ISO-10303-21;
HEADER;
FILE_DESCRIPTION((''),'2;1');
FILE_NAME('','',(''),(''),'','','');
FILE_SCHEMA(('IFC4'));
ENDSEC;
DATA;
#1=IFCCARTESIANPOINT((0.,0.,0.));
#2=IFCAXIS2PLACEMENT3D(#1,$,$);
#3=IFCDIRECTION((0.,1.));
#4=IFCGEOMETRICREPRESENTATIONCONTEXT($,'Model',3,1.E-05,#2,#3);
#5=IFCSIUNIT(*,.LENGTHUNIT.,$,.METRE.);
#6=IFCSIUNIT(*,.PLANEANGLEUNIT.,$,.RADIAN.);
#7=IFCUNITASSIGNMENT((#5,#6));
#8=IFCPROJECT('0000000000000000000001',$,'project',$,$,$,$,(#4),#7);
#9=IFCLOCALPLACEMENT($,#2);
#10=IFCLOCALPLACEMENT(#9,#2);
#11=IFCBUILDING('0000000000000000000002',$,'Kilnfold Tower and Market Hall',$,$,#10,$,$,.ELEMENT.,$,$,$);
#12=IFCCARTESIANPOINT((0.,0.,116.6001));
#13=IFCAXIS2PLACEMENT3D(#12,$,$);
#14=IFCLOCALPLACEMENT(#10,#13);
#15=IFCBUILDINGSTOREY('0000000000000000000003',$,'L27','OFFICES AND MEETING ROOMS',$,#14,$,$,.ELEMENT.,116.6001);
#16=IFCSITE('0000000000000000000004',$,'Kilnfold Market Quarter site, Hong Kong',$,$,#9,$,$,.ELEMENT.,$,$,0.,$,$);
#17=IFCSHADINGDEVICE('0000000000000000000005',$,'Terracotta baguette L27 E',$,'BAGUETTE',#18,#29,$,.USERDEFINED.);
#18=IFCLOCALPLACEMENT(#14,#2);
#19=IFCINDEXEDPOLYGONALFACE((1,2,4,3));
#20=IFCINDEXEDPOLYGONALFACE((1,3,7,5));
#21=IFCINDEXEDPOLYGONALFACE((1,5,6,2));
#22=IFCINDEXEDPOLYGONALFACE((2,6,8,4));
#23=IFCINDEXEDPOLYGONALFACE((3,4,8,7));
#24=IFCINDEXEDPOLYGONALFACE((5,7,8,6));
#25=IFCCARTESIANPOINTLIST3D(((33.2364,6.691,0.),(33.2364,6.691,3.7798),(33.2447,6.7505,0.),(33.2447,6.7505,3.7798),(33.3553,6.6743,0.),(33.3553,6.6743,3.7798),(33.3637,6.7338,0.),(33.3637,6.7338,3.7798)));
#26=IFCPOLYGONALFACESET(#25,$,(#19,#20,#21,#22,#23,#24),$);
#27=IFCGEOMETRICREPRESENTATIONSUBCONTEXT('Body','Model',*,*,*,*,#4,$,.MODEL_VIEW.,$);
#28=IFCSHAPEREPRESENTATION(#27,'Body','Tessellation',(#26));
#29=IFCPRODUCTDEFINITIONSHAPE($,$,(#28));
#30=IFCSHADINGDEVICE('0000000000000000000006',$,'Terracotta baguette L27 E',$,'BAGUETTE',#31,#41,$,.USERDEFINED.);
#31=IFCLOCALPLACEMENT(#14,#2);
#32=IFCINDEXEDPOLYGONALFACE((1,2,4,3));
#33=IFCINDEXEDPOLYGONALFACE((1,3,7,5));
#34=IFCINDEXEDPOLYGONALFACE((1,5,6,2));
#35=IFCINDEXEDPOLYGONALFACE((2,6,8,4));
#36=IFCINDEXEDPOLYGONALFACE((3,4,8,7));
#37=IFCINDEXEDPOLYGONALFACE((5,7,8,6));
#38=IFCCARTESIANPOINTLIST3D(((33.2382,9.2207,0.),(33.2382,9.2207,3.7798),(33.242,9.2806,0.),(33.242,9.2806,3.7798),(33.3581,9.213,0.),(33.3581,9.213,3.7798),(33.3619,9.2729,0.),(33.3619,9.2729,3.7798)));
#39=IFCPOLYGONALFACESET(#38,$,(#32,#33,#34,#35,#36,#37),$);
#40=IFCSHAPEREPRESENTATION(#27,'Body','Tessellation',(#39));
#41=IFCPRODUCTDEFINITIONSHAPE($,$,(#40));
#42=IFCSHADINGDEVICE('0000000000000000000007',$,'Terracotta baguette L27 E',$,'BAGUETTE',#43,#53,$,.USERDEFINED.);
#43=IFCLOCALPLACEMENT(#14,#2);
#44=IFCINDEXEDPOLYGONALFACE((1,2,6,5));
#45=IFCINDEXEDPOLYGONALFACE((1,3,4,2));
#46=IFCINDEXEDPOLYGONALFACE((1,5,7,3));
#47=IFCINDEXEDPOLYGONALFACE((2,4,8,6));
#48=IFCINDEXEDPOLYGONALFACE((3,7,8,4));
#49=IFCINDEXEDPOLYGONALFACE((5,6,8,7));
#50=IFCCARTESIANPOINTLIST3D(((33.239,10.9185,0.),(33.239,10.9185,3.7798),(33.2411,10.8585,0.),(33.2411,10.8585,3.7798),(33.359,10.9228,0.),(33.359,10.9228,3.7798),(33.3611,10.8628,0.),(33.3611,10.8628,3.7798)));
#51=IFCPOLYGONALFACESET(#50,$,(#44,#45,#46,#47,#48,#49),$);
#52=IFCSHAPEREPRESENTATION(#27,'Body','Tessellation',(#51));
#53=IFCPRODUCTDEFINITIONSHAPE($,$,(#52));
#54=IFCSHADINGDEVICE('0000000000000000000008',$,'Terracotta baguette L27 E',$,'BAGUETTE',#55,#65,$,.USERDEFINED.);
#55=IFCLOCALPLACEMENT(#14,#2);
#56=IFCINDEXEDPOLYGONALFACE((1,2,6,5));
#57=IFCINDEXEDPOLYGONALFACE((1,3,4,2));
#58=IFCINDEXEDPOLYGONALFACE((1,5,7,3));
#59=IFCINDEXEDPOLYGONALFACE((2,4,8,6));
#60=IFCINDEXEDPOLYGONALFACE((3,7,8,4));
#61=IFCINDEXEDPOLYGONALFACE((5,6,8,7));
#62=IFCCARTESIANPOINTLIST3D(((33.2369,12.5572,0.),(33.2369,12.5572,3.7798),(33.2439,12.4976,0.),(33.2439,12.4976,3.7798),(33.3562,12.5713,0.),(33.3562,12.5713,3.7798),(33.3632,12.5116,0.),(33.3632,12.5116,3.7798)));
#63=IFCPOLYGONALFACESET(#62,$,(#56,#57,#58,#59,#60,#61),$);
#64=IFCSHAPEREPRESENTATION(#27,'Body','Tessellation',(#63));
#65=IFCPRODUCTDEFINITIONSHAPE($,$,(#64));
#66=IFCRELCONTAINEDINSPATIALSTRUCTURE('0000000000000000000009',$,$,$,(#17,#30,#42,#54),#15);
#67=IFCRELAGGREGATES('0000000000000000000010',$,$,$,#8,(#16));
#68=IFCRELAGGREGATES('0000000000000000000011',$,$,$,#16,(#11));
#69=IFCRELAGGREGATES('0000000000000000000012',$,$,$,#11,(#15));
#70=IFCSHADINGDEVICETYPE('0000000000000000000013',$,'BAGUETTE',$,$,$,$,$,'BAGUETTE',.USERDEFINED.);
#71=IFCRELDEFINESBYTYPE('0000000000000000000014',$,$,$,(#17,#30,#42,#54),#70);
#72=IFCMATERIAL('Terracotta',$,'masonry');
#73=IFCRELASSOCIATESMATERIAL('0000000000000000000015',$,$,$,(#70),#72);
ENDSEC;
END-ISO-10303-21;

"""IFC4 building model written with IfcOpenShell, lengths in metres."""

from ifc_helpers import new_model, si_unit, direction, frame, origin, origin_2d, place, context, subcontext, project, spatial, rectangle, extrude, source, transform, mapped, material, material_profile, profile_set, type_object, element, save


model = new_model("IFC4")

# Units and contexts
model_context = context("Model", 3, precision=1e-05, world=origin(), true_north=direction((0.0, 1.0)))
body_context = subcontext(model_context, "Body", "Model", "MODEL_VIEW")
ifc_project = project(units=[si_unit("LENGTHUNIT", "METRE"), si_unit("PLANEANGLEUNIT", "RADIAN")], contexts=[model_context])

# Site, building, storey
site_placement = place(None, origin())
site = spatial("IfcSite", under=ifc_project, at=site_placement, Name="Kilnfold Market Quarter site, Hong Kong", CompositionType="ELEMENT", RefElevation=0.0)
building_placement = place(site_placement, origin())
building = spatial("IfcBuilding", under=site, at=building_placement, Name="Kilnfold Tower and Market Hall", CompositionType="ELEMENT")
storey_placement = place(building_placement, frame((0.0, 0.0, 116.6001)))
storey = spatial("IfcBuildingStorey", under=building, at=storey_placement, Name="L27", Description="OFFICES AND MEETING ROOMS", CompositionType="ELEMENT", Elevation=116.6001)

# Shading devices
ifc_material_1 = material(Name="Terracotta", Category="masonry")
ifc_material_profile_1 = material_profile(ifc_material_1, rectangle(XDim=0.0601, YDim=0.1201, at=origin_2d()), Name="BAG 60x120")
ifc_profile_set_1 = profile_set([ifc_material_profile_1], Name="Terracotta")
shading_device_type = type_object("IfcShadingDeviceType", Name="BAGUETTE", ElementType="BAGUETTE", PredefinedType="USERDEFINED", material=ifc_profile_set_1)
shared_shape_1 = source(origin(), body_context, "Body", "SweptSolid", [
    extrude(rectangle(XDim=0.0601, YDim=0.1201, at=origin_2d()), origin(), (0.0, 0.0, 1.0), 3.7798),
])
for number, where, z_axis, x_axis, name in (
    (1, (33.3, 6.7124, 0.0), (0.0, 0.0, 1.0), (0.139035, 0.990287, 0.0), "Terracotta baguette L27 E"),
    (2, (33.3, 9.2468, 0.0), (0.0, 0.0, 1.0), (0.064201, 0.997937, 0.0), "Terracotta baguette L27 E"),
    (3, (33.3, 10.8906, 0.0), (0.0, 0.0, 1.0), (-0.035829, 0.999358, 0.0), "Terracotta baguette L27 E"),
    (4, (33.3, 12.5344, 0.0), (0.0, 0.0, 1.0), (-0.117017, 0.99313, 0.0), "Terracotta baguette L27 E"),
):
    element("IfcShadingDevice", number, at=place(storey_placement, frame(where, z_axis=z_axis, x_axis=x_axis)), inside=storey, type_object=shading_device_type, Name=name, ObjectType="BAGUETTE", PredefinedType="USERDEFINED", context=body_context, shape_type="MappedRepresentation", body=[
        mapped(shared_shape_1, transform((0.0, 0.0, 0.0))),
    ])

save(model, "model.ifc")
